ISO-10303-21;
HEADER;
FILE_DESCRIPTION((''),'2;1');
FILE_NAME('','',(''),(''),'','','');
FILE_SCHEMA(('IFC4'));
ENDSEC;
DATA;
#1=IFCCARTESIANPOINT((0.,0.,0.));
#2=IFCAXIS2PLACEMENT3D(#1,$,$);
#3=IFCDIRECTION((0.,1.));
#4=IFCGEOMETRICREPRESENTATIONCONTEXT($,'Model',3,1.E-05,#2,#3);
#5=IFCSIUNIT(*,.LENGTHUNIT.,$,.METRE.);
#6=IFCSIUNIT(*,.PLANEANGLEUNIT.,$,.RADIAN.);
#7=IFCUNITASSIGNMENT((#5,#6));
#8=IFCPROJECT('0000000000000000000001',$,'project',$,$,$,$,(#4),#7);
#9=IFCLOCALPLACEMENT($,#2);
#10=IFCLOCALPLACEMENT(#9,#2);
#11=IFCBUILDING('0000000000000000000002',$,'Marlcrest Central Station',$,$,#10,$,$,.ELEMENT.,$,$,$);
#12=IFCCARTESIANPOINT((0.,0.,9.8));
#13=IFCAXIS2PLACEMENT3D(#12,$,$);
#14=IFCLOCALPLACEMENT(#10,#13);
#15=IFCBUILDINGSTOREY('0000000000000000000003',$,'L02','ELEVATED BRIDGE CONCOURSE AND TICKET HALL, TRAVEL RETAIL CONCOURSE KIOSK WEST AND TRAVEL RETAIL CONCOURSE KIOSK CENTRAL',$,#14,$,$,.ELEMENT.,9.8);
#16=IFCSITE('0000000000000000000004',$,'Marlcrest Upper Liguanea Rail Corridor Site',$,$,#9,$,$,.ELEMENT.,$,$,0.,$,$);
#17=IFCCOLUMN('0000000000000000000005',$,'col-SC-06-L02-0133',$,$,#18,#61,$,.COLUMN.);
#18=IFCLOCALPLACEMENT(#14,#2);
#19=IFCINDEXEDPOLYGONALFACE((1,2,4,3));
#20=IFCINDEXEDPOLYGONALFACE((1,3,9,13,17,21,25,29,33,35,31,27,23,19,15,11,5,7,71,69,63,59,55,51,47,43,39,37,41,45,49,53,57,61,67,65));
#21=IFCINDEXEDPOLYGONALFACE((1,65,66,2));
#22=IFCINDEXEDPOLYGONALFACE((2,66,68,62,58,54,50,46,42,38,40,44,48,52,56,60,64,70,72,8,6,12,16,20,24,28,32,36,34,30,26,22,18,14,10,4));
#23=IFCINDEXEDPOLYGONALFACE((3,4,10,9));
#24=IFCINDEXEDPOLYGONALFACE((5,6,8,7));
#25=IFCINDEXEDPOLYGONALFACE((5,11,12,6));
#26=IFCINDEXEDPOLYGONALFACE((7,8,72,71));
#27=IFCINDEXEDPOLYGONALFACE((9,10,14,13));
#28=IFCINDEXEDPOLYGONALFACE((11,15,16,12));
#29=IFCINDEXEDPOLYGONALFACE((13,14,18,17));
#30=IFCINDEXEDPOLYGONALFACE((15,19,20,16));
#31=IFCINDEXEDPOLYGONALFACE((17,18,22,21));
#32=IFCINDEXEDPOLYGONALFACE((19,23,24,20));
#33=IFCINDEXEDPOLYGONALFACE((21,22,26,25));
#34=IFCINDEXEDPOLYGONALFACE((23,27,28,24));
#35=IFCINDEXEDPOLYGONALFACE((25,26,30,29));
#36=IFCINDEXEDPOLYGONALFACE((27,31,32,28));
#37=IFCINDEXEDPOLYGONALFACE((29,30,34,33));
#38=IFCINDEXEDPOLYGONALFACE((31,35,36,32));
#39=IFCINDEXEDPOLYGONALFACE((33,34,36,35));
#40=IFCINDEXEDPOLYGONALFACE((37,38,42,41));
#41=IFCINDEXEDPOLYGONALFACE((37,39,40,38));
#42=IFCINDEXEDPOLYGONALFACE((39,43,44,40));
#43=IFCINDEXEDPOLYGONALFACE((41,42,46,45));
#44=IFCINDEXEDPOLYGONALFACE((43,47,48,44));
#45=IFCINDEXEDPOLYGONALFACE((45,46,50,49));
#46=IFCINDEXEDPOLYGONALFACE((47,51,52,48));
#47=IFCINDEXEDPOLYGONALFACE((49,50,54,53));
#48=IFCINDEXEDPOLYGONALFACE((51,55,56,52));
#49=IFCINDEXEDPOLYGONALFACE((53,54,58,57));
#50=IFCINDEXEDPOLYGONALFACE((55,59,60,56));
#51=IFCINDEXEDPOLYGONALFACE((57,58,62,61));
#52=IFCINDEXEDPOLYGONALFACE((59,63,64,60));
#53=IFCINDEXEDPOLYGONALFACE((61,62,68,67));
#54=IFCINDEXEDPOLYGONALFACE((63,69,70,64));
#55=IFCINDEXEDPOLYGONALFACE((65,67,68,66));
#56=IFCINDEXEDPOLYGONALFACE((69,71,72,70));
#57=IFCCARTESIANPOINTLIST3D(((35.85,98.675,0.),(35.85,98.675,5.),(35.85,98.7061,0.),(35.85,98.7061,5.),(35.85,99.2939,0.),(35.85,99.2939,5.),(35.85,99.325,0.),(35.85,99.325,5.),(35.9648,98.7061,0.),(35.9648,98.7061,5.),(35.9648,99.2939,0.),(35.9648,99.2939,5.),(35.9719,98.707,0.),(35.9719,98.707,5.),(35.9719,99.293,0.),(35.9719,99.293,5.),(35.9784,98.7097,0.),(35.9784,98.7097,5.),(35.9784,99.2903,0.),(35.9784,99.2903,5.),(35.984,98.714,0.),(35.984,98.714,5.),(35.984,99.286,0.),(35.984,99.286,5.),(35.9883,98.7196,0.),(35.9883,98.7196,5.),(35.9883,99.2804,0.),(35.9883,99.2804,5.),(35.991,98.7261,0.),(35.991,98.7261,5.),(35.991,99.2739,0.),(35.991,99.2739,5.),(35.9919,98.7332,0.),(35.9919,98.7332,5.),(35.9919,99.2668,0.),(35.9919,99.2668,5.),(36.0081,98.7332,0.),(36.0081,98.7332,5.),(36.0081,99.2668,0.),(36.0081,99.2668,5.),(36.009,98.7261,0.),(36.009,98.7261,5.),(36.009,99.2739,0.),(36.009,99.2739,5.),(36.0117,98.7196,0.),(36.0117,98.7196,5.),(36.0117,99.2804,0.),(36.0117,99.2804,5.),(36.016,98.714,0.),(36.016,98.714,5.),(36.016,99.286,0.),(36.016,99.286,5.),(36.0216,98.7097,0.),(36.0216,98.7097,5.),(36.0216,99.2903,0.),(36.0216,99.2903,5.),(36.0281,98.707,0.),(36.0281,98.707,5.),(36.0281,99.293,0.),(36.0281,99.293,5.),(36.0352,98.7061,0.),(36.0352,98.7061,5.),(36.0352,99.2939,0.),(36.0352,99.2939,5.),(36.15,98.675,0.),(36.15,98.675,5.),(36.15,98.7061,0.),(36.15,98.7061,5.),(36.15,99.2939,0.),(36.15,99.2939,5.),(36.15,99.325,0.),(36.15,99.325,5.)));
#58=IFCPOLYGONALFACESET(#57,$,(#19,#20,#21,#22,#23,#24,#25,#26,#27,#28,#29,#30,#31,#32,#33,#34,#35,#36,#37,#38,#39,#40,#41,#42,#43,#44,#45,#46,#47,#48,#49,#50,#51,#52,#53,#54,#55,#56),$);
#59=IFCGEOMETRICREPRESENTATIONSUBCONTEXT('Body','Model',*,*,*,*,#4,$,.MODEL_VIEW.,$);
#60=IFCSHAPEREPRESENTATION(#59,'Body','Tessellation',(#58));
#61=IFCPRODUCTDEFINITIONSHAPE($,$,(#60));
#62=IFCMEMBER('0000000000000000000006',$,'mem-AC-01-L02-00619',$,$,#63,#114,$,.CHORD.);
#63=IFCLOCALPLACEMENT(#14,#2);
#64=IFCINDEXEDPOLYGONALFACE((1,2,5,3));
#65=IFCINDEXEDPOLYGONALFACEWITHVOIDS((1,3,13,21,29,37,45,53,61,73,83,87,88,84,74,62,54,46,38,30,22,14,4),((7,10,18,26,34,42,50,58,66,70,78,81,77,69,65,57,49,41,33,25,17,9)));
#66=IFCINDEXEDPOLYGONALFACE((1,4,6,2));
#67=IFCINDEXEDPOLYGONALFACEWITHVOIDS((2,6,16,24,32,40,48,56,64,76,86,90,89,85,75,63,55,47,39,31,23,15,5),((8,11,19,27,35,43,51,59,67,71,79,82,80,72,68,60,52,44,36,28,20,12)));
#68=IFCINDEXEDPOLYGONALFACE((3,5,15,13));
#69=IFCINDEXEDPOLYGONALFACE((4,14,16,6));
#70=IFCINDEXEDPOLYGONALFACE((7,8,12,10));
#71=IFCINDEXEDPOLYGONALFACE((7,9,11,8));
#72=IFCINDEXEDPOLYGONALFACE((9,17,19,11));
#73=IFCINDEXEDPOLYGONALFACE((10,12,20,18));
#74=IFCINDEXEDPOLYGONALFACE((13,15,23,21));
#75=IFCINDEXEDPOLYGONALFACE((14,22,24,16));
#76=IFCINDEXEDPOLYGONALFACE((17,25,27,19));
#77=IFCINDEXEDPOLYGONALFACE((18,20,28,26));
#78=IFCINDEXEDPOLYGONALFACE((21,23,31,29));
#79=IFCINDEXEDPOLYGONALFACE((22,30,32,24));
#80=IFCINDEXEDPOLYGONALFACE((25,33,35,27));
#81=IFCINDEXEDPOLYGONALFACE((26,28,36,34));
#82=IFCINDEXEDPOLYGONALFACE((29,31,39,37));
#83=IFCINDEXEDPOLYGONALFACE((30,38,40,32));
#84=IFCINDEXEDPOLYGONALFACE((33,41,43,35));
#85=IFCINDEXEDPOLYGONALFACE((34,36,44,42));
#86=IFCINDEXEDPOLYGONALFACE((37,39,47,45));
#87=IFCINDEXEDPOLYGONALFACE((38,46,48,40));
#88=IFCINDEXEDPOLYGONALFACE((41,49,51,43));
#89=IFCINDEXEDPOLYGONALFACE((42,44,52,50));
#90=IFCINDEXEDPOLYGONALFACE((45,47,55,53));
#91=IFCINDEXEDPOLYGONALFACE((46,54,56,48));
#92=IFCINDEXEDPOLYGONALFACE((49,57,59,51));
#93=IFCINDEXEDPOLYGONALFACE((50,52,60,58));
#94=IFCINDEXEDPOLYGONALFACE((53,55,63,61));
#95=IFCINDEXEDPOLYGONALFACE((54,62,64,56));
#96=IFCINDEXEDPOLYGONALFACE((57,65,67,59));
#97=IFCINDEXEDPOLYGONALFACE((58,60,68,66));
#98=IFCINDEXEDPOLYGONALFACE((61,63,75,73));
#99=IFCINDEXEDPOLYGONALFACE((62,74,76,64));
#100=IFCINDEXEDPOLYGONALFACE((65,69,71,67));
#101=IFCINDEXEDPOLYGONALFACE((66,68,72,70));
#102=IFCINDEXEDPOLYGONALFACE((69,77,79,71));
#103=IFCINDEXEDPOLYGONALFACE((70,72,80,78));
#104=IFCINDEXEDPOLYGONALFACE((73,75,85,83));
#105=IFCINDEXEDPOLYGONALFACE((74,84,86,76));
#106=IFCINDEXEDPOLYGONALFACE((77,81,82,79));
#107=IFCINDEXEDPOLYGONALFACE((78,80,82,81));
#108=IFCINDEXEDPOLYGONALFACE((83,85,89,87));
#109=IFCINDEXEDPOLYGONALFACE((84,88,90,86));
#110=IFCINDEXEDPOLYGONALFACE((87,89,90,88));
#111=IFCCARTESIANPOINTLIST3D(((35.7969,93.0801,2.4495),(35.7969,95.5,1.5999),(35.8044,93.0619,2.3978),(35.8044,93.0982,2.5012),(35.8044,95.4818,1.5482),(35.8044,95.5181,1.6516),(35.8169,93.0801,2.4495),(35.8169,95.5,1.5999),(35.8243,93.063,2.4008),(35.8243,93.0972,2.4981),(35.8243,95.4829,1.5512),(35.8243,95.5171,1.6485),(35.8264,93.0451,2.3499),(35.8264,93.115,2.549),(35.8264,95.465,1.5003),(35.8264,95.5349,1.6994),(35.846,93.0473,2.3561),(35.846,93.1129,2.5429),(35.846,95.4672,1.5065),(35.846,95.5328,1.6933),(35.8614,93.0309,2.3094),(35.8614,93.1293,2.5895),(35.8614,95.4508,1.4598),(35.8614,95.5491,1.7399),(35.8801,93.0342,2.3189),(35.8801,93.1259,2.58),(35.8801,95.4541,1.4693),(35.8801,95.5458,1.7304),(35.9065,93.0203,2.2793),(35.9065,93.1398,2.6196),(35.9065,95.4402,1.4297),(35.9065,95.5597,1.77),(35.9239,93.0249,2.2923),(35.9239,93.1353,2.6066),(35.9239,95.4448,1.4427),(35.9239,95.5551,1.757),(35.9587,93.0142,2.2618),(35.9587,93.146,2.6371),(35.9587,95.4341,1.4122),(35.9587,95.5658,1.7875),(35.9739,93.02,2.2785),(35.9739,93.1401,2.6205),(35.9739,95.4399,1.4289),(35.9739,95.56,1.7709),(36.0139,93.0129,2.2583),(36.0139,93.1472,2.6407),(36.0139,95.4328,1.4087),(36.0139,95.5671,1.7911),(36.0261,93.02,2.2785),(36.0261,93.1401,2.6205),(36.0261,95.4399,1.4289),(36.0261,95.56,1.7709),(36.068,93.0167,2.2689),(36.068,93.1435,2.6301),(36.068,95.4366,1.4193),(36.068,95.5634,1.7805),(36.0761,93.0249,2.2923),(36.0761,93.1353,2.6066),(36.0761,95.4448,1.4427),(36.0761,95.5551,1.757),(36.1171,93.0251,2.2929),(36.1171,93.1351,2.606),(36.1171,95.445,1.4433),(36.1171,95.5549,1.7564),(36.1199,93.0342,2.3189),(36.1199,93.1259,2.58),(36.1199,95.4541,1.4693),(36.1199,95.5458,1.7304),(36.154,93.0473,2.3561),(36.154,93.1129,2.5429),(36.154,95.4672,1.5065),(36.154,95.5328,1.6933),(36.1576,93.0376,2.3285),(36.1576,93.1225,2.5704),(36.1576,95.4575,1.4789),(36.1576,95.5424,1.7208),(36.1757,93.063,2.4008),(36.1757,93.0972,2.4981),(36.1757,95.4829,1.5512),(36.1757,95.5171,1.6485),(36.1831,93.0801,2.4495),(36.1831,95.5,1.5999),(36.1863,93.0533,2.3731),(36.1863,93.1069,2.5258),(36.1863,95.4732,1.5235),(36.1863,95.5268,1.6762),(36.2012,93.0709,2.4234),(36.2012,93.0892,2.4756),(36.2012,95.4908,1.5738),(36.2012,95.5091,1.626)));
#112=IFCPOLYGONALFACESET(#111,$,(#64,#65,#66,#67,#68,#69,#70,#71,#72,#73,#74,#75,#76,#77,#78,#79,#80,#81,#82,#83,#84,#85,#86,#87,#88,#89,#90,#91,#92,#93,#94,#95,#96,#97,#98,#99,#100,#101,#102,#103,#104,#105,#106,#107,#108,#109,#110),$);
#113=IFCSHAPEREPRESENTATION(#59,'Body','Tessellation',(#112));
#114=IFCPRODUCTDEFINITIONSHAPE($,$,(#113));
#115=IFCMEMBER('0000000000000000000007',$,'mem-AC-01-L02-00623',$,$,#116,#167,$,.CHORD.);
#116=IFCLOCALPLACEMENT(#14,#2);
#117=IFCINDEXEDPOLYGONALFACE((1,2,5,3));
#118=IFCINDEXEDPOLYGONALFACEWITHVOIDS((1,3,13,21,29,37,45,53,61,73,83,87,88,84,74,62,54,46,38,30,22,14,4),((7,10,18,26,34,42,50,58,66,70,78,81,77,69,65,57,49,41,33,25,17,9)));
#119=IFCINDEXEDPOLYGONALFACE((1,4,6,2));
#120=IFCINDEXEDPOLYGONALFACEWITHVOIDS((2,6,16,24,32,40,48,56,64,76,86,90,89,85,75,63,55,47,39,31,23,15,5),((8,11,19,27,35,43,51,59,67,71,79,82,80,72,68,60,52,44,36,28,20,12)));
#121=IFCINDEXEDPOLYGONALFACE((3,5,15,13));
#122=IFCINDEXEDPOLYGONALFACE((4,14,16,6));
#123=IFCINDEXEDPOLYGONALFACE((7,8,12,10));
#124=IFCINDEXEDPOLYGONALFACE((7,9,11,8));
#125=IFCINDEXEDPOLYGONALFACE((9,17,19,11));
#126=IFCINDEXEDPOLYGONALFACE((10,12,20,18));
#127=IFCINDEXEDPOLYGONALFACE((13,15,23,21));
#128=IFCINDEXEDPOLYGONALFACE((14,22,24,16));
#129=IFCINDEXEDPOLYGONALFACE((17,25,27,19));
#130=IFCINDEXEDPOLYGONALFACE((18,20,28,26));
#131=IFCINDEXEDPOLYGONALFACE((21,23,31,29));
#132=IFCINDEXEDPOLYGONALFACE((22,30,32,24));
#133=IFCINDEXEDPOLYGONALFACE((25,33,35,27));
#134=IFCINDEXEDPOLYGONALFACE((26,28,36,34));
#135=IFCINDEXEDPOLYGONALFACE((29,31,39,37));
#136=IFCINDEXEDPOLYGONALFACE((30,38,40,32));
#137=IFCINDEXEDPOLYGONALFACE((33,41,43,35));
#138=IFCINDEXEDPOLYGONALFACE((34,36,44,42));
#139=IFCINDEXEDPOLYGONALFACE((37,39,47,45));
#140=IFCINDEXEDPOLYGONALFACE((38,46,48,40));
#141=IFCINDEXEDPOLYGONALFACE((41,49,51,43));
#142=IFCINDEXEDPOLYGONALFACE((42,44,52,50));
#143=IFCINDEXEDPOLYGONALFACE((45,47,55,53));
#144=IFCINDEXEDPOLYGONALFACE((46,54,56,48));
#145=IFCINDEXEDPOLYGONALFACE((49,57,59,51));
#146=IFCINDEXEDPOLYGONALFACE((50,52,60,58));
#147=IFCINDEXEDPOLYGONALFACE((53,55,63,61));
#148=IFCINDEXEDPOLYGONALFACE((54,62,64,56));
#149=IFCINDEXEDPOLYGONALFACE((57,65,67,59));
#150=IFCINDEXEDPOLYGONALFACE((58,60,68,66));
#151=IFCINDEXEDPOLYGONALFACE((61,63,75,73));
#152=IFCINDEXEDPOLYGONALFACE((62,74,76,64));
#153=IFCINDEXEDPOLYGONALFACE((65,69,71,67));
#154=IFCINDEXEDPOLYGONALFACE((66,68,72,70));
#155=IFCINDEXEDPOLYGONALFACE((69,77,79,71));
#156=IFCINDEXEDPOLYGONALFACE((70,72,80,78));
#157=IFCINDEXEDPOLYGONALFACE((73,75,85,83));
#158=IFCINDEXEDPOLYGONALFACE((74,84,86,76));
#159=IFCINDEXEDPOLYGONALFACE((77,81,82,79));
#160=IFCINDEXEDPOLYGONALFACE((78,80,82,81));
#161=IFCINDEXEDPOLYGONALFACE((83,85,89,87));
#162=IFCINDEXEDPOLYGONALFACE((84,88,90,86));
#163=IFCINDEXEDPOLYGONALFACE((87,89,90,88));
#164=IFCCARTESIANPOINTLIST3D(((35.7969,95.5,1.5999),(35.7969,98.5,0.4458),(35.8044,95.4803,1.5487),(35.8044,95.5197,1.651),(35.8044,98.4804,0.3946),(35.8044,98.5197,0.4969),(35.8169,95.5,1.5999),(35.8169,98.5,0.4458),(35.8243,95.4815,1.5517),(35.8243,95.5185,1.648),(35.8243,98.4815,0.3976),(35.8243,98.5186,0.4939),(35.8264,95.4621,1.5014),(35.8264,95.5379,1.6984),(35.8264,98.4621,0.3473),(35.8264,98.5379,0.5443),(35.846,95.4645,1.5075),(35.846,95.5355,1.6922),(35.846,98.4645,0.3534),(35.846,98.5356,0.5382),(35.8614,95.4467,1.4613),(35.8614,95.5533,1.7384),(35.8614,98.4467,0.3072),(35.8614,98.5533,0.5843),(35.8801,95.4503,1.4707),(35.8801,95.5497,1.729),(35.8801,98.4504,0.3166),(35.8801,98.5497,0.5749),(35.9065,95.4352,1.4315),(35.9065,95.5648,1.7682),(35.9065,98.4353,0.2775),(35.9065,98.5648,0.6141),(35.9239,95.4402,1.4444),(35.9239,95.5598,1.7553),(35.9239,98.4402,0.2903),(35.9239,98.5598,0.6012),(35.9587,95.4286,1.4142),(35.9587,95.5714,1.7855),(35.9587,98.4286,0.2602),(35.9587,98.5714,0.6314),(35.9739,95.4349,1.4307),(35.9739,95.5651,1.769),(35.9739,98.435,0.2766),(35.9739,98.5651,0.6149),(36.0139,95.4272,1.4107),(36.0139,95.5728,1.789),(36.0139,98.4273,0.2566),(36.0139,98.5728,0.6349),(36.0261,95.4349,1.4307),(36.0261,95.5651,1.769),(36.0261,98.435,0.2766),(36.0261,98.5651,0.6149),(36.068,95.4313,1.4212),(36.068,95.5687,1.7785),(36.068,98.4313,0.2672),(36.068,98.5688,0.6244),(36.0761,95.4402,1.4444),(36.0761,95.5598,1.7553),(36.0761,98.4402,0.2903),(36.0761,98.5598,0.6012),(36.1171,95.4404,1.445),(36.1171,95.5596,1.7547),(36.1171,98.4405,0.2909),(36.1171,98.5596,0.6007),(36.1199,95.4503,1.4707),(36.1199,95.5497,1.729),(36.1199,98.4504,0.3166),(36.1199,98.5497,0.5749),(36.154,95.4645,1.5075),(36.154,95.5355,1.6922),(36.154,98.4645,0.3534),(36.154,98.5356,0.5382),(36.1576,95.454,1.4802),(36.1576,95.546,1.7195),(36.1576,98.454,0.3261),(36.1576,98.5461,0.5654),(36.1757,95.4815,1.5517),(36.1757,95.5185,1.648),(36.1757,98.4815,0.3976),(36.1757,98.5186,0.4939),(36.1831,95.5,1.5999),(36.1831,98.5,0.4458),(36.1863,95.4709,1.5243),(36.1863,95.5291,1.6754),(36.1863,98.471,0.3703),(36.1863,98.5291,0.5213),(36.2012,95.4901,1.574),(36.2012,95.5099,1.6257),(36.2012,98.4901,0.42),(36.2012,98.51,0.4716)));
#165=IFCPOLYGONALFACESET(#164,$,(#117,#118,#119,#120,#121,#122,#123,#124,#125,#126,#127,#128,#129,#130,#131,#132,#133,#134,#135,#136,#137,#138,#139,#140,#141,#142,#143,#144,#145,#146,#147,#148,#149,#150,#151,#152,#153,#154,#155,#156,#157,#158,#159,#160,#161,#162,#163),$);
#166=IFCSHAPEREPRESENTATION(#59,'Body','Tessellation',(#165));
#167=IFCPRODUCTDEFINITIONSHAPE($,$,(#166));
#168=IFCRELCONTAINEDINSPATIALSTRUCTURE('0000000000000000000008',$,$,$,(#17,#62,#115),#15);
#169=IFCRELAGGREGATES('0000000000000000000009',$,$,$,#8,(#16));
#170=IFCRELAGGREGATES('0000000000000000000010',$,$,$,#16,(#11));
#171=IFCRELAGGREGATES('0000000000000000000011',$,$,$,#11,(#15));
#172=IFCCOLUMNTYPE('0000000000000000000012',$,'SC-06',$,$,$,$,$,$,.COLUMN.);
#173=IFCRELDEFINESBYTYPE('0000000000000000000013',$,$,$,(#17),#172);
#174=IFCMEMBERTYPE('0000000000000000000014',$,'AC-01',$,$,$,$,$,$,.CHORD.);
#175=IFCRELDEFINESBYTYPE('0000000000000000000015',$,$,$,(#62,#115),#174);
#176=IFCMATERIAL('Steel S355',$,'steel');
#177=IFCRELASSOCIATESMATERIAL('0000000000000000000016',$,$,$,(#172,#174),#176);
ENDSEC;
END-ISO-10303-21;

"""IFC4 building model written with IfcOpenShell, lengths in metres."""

from ifc_helpers import new_model, si_unit, direction, frame, origin, origin_2d, place, context, subcontext, project, spatial, hollow_circle, i_section, extrude, material, material_profile, profile_set, type_object, element, save


model = new_model("IFC4")

# Units and contexts
model_context = context("Model", 3, precision=1e-05, world=origin(), true_north=direction((0.0, 1.0)))
body_context = subcontext(model_context, "Body", "Model", "MODEL_VIEW")
ifc_project = project(units=[si_unit("LENGTHUNIT", "METRE"), si_unit("PLANEANGLEUNIT", "RADIAN")], contexts=[model_context])

# Site, building, storey
site_placement = place(None, origin())
site = spatial("IfcSite", under=ifc_project, at=site_placement, Name="Marlcrest Upper Liguanea Rail Corridor Site", CompositionType="ELEMENT", RefElevation=0.0)
building_placement = place(site_placement, origin())
building = spatial("IfcBuilding", under=site, at=building_placement, Name="Marlcrest Central Station", CompositionType="ELEMENT")
storey_placement = place(building_placement, frame((0.0, 0.0, 9.8)))
storey = spatial("IfcBuildingStorey", under=building, at=storey_placement, Name="L02", Description="ELEVATED BRIDGE CONCOURSE AND TICKET HALL, TRAVEL RETAIL CONCOURSE KIOSK WEST AND TRAVEL RETAIL CONCOURSE KIOSK CENTRAL", CompositionType="ELEMENT", Elevation=9.8)

# Column
ifc_material_1 = material(Name="Steel S355", Category="steel")
ifc_material_profile_1 = material_profile(ifc_material_1, i_section(OverallWidth=0.3, OverallDepth=0.6499, WebThickness=0.0161, FlangeThickness=0.031, FilletRadius=0.0271, at=origin_2d()), Name="HEB 650")
ifc_profile_set_1 = profile_set([ifc_material_profile_1], Name="Steel S355")
column_type = type_object("IfcColumnType", Name="SC-06", PredefinedType="COLUMN", material=ifc_profile_set_1)
column_placement = place(storey_placement, frame((36.0, 99.0, 0.0), z_axis=(0.0, 0.0, 1.0), x_axis=(1.0, 0.0, 0.0)))
element("IfcColumn", 1, at=column_placement, inside=storey, type_object=column_type, Name="col-SC-06-L02-0133", PredefinedType="COLUMN", context=body_context, shape_type="SweptSolid", body=[
    extrude(i_section(OverallWidth=0.3, OverallDepth=0.6499, WebThickness=0.0161, FlangeThickness=0.031, FilletRadius=0.0271, at=origin_2d()), origin(), (0.0, 0.0, 1.0), 5.0),
])

# Members
ifc_material_profile_2 = material_profile(ifc_material_1, hollow_circle(Radius=0.2031, WallThickness=0.02, at=origin_2d()), Name="CHS 406.4x20")
ifc_profile_set_2 = profile_set([ifc_material_profile_2], Name="Steel S355")
member_type_1 = type_object("IfcMemberType", Name="AC-01", PredefinedType="CHORD", material=ifc_profile_set_2)
member_1_placement = place(storey_placement, frame((36.0, 93.0801, 2.4495), z_axis=(0.0, 0.943537, -0.331266), x_axis=(-1.0, 0.0, 0.0)))
element("IfcMember", 2, at=member_1_placement, inside=storey, type_object=member_type_1, Name="mem-AC-01-L02-00619", PredefinedType="CHORD", context=body_context, shape_type="SweptSolid", body=[
    extrude(hollow_circle(Radius=0.2031, WallThickness=0.02, at=origin_2d()), origin(), (0.0, 0.0, 1.0), 2.5647),
])
member_2_placement = place(storey_placement, frame((36.0, 95.5, 1.5999), z_axis=(0.0, 0.933324, -0.359035), x_axis=(-1.0, 0.0, 0.0)))
element("IfcMember", 3, at=member_2_placement, inside=storey, type_object=member_type_1, Name="mem-AC-01-L02-00623", PredefinedType="CHORD", context=body_context, shape_type="SweptSolid", body=[
    extrude(hollow_circle(Radius=0.2031, WallThickness=0.02, at=origin_2d()), origin(), (0.0, 0.0, 1.0), 3.2144),
])

save(model, "model.ifc")
